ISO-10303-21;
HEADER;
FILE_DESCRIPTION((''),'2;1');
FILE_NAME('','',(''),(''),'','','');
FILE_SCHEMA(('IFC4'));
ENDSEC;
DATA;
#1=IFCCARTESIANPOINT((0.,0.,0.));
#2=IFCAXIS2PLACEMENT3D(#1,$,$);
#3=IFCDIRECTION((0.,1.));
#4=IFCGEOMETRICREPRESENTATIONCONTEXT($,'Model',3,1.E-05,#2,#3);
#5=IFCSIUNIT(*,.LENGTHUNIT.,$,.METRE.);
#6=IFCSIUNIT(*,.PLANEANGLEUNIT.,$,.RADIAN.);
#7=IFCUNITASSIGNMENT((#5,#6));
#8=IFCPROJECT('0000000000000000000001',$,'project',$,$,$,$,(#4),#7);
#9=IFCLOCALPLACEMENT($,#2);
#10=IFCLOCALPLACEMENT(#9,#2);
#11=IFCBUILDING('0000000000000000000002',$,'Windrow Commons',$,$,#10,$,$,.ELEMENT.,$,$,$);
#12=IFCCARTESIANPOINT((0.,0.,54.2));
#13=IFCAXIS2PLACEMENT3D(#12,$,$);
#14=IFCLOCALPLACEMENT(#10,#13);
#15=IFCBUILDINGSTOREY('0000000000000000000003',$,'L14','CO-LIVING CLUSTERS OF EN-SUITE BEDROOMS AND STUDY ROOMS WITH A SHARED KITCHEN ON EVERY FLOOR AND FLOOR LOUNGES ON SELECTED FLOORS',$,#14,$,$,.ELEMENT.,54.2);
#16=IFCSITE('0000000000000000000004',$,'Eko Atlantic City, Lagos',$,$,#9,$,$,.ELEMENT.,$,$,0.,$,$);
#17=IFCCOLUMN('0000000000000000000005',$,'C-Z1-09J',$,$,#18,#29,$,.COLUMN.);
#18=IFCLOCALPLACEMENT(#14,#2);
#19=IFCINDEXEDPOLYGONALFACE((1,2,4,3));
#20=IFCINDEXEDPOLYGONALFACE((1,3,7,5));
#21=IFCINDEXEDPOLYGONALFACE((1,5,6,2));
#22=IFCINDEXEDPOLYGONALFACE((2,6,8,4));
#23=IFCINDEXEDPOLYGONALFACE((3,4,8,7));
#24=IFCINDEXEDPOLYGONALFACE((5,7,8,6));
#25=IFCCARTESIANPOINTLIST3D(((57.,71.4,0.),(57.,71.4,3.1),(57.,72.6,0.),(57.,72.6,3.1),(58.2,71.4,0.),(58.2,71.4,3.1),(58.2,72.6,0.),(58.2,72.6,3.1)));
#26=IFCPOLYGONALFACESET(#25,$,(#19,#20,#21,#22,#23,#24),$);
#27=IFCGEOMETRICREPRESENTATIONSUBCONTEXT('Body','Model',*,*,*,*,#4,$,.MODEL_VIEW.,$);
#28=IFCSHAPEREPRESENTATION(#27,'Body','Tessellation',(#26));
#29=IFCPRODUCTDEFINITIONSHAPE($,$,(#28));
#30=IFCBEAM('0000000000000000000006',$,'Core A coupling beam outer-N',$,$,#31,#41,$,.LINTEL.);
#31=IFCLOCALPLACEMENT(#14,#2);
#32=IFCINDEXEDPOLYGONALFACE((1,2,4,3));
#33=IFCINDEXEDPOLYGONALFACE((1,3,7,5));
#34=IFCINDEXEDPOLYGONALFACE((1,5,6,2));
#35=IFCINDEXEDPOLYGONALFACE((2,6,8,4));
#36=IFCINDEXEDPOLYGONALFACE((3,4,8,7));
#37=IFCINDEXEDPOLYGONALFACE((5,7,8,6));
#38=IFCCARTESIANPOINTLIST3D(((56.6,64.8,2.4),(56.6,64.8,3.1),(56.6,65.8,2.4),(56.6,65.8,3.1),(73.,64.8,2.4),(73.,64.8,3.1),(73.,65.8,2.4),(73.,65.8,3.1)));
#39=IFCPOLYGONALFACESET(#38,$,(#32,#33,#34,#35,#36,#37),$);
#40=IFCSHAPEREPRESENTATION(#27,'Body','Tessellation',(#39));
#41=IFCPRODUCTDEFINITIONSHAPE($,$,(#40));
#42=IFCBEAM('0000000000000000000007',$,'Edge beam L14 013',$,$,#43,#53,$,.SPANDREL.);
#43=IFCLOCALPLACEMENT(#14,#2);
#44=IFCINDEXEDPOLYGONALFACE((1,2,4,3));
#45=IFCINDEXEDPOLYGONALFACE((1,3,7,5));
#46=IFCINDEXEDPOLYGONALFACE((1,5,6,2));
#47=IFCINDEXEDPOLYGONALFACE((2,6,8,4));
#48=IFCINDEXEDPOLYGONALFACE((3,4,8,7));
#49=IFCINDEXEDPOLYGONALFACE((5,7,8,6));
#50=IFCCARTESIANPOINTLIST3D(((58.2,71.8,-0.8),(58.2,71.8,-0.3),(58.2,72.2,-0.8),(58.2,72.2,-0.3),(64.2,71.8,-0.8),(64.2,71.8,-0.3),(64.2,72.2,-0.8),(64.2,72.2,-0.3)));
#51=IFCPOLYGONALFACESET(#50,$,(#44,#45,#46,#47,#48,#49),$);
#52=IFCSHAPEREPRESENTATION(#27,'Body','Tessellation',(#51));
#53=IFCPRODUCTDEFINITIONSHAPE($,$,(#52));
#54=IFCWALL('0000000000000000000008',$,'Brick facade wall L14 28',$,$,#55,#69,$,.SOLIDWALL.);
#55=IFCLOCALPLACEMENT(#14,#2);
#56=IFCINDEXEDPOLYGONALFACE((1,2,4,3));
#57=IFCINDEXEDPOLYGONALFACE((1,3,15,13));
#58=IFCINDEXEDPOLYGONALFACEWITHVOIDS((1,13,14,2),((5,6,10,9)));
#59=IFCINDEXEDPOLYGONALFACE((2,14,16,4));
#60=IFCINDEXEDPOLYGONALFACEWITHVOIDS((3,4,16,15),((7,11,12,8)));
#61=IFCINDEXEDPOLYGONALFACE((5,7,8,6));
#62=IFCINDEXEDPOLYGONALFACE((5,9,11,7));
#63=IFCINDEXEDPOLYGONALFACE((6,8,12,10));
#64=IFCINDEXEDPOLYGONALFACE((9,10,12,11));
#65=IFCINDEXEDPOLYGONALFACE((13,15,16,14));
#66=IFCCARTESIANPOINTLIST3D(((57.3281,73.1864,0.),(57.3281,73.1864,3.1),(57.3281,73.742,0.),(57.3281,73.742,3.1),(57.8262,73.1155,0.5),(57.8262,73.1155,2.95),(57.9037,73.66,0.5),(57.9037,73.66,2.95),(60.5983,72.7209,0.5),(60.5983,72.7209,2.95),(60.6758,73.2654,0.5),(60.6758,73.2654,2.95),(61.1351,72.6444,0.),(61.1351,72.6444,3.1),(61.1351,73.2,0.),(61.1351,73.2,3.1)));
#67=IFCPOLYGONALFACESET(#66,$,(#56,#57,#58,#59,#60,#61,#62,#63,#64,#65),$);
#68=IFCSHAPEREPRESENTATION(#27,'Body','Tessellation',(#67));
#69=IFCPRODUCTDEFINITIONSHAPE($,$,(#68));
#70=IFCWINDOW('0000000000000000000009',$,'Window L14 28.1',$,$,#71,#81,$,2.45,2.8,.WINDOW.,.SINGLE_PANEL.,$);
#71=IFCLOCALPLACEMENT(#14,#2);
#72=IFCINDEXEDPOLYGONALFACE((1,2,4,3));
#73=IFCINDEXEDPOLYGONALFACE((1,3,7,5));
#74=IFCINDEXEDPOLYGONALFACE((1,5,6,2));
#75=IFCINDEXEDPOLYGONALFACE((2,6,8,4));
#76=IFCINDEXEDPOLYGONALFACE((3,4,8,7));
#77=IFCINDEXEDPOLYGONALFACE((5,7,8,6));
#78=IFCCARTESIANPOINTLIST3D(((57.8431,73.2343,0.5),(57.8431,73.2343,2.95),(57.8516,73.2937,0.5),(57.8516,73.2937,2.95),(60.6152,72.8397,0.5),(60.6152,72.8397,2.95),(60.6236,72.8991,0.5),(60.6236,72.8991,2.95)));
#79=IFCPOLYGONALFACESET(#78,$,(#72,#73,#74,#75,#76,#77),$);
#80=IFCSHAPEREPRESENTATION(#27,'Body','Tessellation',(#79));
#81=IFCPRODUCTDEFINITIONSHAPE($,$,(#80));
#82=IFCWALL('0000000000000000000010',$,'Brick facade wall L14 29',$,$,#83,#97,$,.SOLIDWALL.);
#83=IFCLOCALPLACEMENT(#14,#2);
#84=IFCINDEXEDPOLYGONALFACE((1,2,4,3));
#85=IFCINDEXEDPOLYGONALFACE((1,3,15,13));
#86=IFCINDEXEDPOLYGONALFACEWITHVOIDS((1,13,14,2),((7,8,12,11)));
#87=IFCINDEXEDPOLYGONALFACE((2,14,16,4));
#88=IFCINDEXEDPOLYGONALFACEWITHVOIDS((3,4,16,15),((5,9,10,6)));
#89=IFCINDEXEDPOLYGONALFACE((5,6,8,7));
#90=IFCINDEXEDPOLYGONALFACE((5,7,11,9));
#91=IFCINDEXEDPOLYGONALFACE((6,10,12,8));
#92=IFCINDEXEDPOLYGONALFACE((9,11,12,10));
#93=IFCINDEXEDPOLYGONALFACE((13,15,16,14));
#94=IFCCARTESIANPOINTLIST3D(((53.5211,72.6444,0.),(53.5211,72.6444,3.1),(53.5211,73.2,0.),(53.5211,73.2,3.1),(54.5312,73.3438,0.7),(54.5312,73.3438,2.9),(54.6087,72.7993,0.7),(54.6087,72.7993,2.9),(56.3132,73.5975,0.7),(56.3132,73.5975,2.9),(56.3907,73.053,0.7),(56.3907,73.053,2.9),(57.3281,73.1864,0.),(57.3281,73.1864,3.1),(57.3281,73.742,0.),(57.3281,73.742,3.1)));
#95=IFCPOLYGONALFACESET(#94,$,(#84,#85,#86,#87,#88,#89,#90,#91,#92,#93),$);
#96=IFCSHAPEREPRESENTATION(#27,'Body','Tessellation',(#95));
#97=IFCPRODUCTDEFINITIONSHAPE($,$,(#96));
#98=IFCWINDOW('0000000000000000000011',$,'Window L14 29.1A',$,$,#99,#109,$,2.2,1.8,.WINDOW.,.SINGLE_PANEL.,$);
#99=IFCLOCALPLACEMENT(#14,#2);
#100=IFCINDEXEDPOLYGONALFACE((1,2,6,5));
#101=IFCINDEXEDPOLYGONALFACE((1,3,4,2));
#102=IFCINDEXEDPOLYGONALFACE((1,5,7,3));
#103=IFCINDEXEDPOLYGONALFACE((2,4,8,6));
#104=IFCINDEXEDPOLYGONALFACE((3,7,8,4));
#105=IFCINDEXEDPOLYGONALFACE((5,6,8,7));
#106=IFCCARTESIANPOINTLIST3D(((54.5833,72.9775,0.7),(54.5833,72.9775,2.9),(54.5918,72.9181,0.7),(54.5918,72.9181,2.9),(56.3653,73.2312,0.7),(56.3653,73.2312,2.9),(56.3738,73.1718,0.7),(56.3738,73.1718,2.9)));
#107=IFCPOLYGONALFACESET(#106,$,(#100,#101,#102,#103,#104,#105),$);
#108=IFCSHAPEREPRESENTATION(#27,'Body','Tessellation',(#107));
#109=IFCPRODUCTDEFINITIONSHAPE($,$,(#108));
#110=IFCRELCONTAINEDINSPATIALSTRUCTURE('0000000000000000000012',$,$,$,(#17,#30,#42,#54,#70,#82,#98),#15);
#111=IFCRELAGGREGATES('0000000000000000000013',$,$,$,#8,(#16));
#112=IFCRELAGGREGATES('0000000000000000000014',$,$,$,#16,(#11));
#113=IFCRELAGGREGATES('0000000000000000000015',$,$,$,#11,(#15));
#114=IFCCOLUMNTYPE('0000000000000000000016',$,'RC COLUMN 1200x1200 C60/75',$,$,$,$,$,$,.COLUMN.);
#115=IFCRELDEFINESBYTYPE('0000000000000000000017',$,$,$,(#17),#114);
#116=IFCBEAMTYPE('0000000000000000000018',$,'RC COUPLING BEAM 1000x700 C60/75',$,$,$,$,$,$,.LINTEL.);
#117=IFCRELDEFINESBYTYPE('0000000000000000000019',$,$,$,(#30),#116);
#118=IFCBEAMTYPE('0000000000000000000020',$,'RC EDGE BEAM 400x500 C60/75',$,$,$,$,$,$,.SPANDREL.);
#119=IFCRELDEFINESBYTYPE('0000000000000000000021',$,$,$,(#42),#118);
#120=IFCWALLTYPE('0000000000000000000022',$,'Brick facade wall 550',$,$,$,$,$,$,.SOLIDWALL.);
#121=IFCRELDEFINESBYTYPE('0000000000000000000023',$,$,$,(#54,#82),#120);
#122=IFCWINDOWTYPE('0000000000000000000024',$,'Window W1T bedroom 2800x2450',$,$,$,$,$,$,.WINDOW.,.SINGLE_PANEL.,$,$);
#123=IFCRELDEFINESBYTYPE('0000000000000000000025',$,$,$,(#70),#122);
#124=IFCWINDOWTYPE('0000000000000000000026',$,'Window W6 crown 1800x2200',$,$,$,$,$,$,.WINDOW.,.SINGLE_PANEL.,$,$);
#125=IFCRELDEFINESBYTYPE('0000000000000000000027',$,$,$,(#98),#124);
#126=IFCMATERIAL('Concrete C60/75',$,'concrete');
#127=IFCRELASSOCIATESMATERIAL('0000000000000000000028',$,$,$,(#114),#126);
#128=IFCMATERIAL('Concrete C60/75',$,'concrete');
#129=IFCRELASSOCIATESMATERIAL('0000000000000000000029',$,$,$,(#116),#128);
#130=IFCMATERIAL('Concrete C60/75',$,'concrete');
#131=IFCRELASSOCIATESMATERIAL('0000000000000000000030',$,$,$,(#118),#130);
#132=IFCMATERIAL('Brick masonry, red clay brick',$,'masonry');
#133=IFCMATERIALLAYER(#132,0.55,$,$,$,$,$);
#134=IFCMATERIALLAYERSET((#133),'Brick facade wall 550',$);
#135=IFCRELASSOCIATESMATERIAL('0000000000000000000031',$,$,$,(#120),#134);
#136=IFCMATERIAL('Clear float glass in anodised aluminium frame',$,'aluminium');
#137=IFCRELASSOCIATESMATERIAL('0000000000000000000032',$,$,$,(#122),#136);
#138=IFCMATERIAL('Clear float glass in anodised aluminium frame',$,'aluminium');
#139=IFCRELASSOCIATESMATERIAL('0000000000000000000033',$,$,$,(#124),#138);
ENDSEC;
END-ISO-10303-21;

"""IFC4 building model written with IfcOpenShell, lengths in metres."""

from ifc_helpers import new_model, si_unit, direction, frame, frame_2d, origin, origin_2d, place, context, subcontext, project, spatial, polyline, rectangle, outline, extrude, material, layer, layer_set, material_profile, profile_set, type_object, element, fill, save


model = new_model("IFC4")

# Units and contexts
model_context = context("Model", 3, precision=1e-05, world=origin(), true_north=direction((0.0, 1.0)))
body_context = subcontext(model_context, "Body", "Model", "MODEL_VIEW")
ifc_project = project(units=[si_unit("LENGTHUNIT", "METRE"), si_unit("PLANEANGLEUNIT", "RADIAN")], contexts=[model_context])

# Site, building, storey
site_placement = place(None, origin())
site = spatial("IfcSite", under=ifc_project, at=site_placement, Name="Eko Atlantic City, Lagos", CompositionType="ELEMENT", RefElevation=0.0)
building_placement = place(site_placement, origin())
building = spatial("IfcBuilding", under=site, at=building_placement, Name="Windrow Commons", CompositionType="ELEMENT")
storey_placement = place(building_placement, frame((0.0, 0.0, 54.2)))
storey = spatial("IfcBuildingStorey", under=building, at=storey_placement, Name="L14", Description="CO-LIVING CLUSTERS OF EN-SUITE BEDROOMS AND STUDY ROOMS WITH A SHARED KITCHEN ON EVERY FLOOR AND FLOOR LOUNGES ON SELECTED FLOORS", CompositionType="ELEMENT", Elevation=54.2)

# Column
ifc_material_1 = material(Name="Concrete C60/75", Category="concrete")
ifc_material_profile_1 = material_profile(ifc_material_1, rectangle(XDim=1.2, YDim=1.2, at=origin_2d()))
ifc_profile_set_1 = profile_set([ifc_material_profile_1], Name="Concrete C60/75")
column_type = type_object("IfcColumnType", Name="RC COLUMN 1200x1200 C60/75", PredefinedType="COLUMN", material=ifc_profile_set_1)
column_placement = place(storey_placement, frame((57.6, 72.0, 0.0), z_axis=(0.0, 0.0, 1.0), x_axis=(1.0, 0.0, 0.0)))
element("IfcColumn", 1, at=column_placement, inside=storey, type_object=column_type, Name="C-Z1-09J", PredefinedType="COLUMN", context=body_context, shape_type="SweptSolid", body=[
    extrude(rectangle(XDim=1.2, YDim=1.2, at=origin_2d()), origin(), (0.0, 0.0, 1.0), 3.1),
])

# Beams
ifc_material_2 = material(Name="Concrete C60/75", Category="concrete")
ifc_material_profile_2 = material_profile(ifc_material_2, rectangle(XDim=1.0, YDim=0.7, at=origin_2d()))
ifc_profile_set_2 = profile_set([ifc_material_profile_2], Name="Concrete C60/75")
beam_type_1 = type_object("IfcBeamType", Name="RC COUPLING BEAM 1000x700 C60/75", PredefinedType="LINTEL", material=ifc_profile_set_2)
beam_1_placement = place(storey_placement, frame((56.6, 65.3, 2.75), z_axis=(1.0, 0.0, 0.0), x_axis=(0.0, 1.0, 0.0)))
element("IfcBeam", 2, at=beam_1_placement, inside=storey, type_object=beam_type_1, Name="Core A coupling beam outer-N", PredefinedType="LINTEL", context=body_context, shape_type="SweptSolid", body=[
    extrude(rectangle(XDim=1.0, YDim=0.7, at=origin_2d()), origin(), (0.0, 0.0, 1.0), 16.4),
])
ifc_material_3 = material(Name="Concrete C60/75", Category="concrete")
ifc_material_profile_3 = material_profile(ifc_material_3, rectangle(XDim=0.4, YDim=0.5, at=origin_2d()))
ifc_profile_set_3 = profile_set([ifc_material_profile_3], Name="Concrete C60/75")
beam_type_2 = type_object("IfcBeamType", Name="RC EDGE BEAM 400x500 C60/75", PredefinedType="SPANDREL", material=ifc_profile_set_3)
beam_2_placement = place(storey_placement, frame((58.2, 72.0, -0.55), z_axis=(1.0, 0.0, 0.0), x_axis=(0.0, 1.0, 0.0)))
element("IfcBeam", 3, at=beam_2_placement, inside=storey, type_object=beam_type_2, Name="Edge beam L14 013", PredefinedType="SPANDREL", context=body_context, shape_type="SweptSolid", body=[
    extrude(rectangle(XDim=0.4, YDim=0.5, at=origin_2d()), origin(), (0.0, 0.0, 1.0), 6.0),
])

# Walls, openings, windows
ifc_material_4 = material(Name="Brick masonry, red clay brick", Category="masonry")
ifc_layer_1 = layer(ifc_material_4, 0.55)
ifc_layer_set_1 = layer_set([ifc_layer_1], Name="Brick facade wall 550")
wall_type_1 = type_object("IfcWallType", Name="Brick facade wall 550", PredefinedType="SOLIDWALL", material=ifc_layer_set_1)
wall_1_placement = place(storey_placement, frame((61.1351, 72.9222, 0.0), z_axis=(0.0, 0.0, 1.0), x_axis=(-0.990017, 0.140948, 0.0)))
wall_1 = element("IfcWall", 4, at=wall_1_placement, inside=storey, type_object=wall_type_1, Name="Brick facade wall L14 28", PredefinedType="SOLIDWALL", context=body_context, shape_type="SweptSolid", body=[
    extrude(outline(polyline([(0.0392, -0.275), (3.8845, -0.275), (3.8062, 0.275), (-0.0392, 0.275), (0.0392, -0.275)])), origin(), (0.0, 0.0, 1.0), 3.1),
])
opening_1_placement = place(wall_1_placement, frame((0.5031, 0.0, 0.5)))
opening_1 = element("IfcOpeningElement", 5, at=opening_1_placement, cuts=wall_1, PredefinedType="OPENING", context=body_context, shape_type="SweptSolid", body=[
    extrude(rectangle(XDim=2.8, YDim=2.45, at=frame_2d((1.4, 1.225))), frame((0.0, 0.285, 0.0), z_axis=(0.0, -1.0, 0.0), x_axis=(1.0, 0.0, 0.0)), (0.0, 0.0, 1.0), 0.57),
])
ifc_material_5 = material(Name="Clear float glass in anodised aluminium frame", Category="aluminium")
window_type_1 = type_object("IfcWindowType", Name="Window W1T bedroom 2800x2450", PartitioningType="SINGLE_PANEL", PredefinedType="WINDOW", material=ifc_material_5)
window_1_placement = place(opening_1_placement, origin())
window_1 = element("IfcWindow", 6, at=window_1_placement, inside=storey, type_object=window_type_1, Name="Window L14 28.1", OverallHeight=2.45, OverallWidth=2.8, PartitioningType="SINGLE_PANEL", PredefinedType="WINDOW", context=body_context, shape_type="SweptSolid", body=[
    extrude(rectangle(XDim=2.8, YDim=2.45, at=frame_2d((1.4, 1.225))), frame((0.0, 0.155, 0.0), z_axis=(0.0, -1.0, 0.0), x_axis=(1.0, 0.0, 0.0)), (0.0, 0.0, 1.0), 0.06),
])
fill(opening_1, window_1)
wall_2_placement = place(storey_placement, frame((57.3281, 73.4642, 0.0), z_axis=(0.0, 0.0, 1.0), x_axis=(-0.990017, -0.140948, 0.0)))
wall_2 = element("IfcWall", 7, at=wall_2_placement, inside=storey, type_object=wall_type_1, Name="Brick facade wall L14 29", PredefinedType="SOLIDWALL", context=body_context, shape_type="SweptSolid", body=[
    extrude(outline(polyline([(-0.0392, -0.275), (3.8062, -0.275), (3.8845, 0.275), (0.0392, 0.275), (-0.0392, -0.275)])), origin(), (0.0, 0.0, 1.0), 3.1),
])
opening_2_placement = place(wall_2_placement, frame((0.986, 0.0, 0.7)))
opening_2 = element("IfcOpeningElement", 8, at=opening_2_placement, cuts=wall_2, PredefinedType="OPENING", context=body_context, shape_type="SweptSolid", body=[
    extrude(rectangle(XDim=1.8, YDim=2.2, at=frame_2d((0.9, 1.1))), frame((0.0, 0.285, 0.0), z_axis=(0.0, -1.0, 0.0), x_axis=(1.0, 0.0, 0.0)), (0.0, 0.0, 1.0), 0.57),
])
ifc_material_6 = material(Name="Clear float glass in anodised aluminium frame", Category="aluminium")
window_type_2 = type_object("IfcWindowType", Name="Window W6 crown 1800x2200", PartitioningType="SINGLE_PANEL", PredefinedType="WINDOW", material=ifc_material_6)
window_2_placement = place(opening_2_placement, origin())
window_2 = element("IfcWindow", 9, at=window_2_placement, inside=storey, type_object=window_type_2, Name="Window L14 29.1A", OverallHeight=2.2, OverallWidth=1.8, PartitioningType="SINGLE_PANEL", PredefinedType="WINDOW", context=body_context, shape_type="SweptSolid", body=[
    extrude(rectangle(XDim=1.8, YDim=2.2, at=frame_2d((0.9, 1.1))), frame((0.0, 0.155, 0.0), z_axis=(0.0, -1.0, 0.0), x_axis=(1.0, 0.0, 0.0)), (0.0, 0.0, 1.0), 0.06),
])
fill(opening_2, window_2)

save(model, "model.ifc")
